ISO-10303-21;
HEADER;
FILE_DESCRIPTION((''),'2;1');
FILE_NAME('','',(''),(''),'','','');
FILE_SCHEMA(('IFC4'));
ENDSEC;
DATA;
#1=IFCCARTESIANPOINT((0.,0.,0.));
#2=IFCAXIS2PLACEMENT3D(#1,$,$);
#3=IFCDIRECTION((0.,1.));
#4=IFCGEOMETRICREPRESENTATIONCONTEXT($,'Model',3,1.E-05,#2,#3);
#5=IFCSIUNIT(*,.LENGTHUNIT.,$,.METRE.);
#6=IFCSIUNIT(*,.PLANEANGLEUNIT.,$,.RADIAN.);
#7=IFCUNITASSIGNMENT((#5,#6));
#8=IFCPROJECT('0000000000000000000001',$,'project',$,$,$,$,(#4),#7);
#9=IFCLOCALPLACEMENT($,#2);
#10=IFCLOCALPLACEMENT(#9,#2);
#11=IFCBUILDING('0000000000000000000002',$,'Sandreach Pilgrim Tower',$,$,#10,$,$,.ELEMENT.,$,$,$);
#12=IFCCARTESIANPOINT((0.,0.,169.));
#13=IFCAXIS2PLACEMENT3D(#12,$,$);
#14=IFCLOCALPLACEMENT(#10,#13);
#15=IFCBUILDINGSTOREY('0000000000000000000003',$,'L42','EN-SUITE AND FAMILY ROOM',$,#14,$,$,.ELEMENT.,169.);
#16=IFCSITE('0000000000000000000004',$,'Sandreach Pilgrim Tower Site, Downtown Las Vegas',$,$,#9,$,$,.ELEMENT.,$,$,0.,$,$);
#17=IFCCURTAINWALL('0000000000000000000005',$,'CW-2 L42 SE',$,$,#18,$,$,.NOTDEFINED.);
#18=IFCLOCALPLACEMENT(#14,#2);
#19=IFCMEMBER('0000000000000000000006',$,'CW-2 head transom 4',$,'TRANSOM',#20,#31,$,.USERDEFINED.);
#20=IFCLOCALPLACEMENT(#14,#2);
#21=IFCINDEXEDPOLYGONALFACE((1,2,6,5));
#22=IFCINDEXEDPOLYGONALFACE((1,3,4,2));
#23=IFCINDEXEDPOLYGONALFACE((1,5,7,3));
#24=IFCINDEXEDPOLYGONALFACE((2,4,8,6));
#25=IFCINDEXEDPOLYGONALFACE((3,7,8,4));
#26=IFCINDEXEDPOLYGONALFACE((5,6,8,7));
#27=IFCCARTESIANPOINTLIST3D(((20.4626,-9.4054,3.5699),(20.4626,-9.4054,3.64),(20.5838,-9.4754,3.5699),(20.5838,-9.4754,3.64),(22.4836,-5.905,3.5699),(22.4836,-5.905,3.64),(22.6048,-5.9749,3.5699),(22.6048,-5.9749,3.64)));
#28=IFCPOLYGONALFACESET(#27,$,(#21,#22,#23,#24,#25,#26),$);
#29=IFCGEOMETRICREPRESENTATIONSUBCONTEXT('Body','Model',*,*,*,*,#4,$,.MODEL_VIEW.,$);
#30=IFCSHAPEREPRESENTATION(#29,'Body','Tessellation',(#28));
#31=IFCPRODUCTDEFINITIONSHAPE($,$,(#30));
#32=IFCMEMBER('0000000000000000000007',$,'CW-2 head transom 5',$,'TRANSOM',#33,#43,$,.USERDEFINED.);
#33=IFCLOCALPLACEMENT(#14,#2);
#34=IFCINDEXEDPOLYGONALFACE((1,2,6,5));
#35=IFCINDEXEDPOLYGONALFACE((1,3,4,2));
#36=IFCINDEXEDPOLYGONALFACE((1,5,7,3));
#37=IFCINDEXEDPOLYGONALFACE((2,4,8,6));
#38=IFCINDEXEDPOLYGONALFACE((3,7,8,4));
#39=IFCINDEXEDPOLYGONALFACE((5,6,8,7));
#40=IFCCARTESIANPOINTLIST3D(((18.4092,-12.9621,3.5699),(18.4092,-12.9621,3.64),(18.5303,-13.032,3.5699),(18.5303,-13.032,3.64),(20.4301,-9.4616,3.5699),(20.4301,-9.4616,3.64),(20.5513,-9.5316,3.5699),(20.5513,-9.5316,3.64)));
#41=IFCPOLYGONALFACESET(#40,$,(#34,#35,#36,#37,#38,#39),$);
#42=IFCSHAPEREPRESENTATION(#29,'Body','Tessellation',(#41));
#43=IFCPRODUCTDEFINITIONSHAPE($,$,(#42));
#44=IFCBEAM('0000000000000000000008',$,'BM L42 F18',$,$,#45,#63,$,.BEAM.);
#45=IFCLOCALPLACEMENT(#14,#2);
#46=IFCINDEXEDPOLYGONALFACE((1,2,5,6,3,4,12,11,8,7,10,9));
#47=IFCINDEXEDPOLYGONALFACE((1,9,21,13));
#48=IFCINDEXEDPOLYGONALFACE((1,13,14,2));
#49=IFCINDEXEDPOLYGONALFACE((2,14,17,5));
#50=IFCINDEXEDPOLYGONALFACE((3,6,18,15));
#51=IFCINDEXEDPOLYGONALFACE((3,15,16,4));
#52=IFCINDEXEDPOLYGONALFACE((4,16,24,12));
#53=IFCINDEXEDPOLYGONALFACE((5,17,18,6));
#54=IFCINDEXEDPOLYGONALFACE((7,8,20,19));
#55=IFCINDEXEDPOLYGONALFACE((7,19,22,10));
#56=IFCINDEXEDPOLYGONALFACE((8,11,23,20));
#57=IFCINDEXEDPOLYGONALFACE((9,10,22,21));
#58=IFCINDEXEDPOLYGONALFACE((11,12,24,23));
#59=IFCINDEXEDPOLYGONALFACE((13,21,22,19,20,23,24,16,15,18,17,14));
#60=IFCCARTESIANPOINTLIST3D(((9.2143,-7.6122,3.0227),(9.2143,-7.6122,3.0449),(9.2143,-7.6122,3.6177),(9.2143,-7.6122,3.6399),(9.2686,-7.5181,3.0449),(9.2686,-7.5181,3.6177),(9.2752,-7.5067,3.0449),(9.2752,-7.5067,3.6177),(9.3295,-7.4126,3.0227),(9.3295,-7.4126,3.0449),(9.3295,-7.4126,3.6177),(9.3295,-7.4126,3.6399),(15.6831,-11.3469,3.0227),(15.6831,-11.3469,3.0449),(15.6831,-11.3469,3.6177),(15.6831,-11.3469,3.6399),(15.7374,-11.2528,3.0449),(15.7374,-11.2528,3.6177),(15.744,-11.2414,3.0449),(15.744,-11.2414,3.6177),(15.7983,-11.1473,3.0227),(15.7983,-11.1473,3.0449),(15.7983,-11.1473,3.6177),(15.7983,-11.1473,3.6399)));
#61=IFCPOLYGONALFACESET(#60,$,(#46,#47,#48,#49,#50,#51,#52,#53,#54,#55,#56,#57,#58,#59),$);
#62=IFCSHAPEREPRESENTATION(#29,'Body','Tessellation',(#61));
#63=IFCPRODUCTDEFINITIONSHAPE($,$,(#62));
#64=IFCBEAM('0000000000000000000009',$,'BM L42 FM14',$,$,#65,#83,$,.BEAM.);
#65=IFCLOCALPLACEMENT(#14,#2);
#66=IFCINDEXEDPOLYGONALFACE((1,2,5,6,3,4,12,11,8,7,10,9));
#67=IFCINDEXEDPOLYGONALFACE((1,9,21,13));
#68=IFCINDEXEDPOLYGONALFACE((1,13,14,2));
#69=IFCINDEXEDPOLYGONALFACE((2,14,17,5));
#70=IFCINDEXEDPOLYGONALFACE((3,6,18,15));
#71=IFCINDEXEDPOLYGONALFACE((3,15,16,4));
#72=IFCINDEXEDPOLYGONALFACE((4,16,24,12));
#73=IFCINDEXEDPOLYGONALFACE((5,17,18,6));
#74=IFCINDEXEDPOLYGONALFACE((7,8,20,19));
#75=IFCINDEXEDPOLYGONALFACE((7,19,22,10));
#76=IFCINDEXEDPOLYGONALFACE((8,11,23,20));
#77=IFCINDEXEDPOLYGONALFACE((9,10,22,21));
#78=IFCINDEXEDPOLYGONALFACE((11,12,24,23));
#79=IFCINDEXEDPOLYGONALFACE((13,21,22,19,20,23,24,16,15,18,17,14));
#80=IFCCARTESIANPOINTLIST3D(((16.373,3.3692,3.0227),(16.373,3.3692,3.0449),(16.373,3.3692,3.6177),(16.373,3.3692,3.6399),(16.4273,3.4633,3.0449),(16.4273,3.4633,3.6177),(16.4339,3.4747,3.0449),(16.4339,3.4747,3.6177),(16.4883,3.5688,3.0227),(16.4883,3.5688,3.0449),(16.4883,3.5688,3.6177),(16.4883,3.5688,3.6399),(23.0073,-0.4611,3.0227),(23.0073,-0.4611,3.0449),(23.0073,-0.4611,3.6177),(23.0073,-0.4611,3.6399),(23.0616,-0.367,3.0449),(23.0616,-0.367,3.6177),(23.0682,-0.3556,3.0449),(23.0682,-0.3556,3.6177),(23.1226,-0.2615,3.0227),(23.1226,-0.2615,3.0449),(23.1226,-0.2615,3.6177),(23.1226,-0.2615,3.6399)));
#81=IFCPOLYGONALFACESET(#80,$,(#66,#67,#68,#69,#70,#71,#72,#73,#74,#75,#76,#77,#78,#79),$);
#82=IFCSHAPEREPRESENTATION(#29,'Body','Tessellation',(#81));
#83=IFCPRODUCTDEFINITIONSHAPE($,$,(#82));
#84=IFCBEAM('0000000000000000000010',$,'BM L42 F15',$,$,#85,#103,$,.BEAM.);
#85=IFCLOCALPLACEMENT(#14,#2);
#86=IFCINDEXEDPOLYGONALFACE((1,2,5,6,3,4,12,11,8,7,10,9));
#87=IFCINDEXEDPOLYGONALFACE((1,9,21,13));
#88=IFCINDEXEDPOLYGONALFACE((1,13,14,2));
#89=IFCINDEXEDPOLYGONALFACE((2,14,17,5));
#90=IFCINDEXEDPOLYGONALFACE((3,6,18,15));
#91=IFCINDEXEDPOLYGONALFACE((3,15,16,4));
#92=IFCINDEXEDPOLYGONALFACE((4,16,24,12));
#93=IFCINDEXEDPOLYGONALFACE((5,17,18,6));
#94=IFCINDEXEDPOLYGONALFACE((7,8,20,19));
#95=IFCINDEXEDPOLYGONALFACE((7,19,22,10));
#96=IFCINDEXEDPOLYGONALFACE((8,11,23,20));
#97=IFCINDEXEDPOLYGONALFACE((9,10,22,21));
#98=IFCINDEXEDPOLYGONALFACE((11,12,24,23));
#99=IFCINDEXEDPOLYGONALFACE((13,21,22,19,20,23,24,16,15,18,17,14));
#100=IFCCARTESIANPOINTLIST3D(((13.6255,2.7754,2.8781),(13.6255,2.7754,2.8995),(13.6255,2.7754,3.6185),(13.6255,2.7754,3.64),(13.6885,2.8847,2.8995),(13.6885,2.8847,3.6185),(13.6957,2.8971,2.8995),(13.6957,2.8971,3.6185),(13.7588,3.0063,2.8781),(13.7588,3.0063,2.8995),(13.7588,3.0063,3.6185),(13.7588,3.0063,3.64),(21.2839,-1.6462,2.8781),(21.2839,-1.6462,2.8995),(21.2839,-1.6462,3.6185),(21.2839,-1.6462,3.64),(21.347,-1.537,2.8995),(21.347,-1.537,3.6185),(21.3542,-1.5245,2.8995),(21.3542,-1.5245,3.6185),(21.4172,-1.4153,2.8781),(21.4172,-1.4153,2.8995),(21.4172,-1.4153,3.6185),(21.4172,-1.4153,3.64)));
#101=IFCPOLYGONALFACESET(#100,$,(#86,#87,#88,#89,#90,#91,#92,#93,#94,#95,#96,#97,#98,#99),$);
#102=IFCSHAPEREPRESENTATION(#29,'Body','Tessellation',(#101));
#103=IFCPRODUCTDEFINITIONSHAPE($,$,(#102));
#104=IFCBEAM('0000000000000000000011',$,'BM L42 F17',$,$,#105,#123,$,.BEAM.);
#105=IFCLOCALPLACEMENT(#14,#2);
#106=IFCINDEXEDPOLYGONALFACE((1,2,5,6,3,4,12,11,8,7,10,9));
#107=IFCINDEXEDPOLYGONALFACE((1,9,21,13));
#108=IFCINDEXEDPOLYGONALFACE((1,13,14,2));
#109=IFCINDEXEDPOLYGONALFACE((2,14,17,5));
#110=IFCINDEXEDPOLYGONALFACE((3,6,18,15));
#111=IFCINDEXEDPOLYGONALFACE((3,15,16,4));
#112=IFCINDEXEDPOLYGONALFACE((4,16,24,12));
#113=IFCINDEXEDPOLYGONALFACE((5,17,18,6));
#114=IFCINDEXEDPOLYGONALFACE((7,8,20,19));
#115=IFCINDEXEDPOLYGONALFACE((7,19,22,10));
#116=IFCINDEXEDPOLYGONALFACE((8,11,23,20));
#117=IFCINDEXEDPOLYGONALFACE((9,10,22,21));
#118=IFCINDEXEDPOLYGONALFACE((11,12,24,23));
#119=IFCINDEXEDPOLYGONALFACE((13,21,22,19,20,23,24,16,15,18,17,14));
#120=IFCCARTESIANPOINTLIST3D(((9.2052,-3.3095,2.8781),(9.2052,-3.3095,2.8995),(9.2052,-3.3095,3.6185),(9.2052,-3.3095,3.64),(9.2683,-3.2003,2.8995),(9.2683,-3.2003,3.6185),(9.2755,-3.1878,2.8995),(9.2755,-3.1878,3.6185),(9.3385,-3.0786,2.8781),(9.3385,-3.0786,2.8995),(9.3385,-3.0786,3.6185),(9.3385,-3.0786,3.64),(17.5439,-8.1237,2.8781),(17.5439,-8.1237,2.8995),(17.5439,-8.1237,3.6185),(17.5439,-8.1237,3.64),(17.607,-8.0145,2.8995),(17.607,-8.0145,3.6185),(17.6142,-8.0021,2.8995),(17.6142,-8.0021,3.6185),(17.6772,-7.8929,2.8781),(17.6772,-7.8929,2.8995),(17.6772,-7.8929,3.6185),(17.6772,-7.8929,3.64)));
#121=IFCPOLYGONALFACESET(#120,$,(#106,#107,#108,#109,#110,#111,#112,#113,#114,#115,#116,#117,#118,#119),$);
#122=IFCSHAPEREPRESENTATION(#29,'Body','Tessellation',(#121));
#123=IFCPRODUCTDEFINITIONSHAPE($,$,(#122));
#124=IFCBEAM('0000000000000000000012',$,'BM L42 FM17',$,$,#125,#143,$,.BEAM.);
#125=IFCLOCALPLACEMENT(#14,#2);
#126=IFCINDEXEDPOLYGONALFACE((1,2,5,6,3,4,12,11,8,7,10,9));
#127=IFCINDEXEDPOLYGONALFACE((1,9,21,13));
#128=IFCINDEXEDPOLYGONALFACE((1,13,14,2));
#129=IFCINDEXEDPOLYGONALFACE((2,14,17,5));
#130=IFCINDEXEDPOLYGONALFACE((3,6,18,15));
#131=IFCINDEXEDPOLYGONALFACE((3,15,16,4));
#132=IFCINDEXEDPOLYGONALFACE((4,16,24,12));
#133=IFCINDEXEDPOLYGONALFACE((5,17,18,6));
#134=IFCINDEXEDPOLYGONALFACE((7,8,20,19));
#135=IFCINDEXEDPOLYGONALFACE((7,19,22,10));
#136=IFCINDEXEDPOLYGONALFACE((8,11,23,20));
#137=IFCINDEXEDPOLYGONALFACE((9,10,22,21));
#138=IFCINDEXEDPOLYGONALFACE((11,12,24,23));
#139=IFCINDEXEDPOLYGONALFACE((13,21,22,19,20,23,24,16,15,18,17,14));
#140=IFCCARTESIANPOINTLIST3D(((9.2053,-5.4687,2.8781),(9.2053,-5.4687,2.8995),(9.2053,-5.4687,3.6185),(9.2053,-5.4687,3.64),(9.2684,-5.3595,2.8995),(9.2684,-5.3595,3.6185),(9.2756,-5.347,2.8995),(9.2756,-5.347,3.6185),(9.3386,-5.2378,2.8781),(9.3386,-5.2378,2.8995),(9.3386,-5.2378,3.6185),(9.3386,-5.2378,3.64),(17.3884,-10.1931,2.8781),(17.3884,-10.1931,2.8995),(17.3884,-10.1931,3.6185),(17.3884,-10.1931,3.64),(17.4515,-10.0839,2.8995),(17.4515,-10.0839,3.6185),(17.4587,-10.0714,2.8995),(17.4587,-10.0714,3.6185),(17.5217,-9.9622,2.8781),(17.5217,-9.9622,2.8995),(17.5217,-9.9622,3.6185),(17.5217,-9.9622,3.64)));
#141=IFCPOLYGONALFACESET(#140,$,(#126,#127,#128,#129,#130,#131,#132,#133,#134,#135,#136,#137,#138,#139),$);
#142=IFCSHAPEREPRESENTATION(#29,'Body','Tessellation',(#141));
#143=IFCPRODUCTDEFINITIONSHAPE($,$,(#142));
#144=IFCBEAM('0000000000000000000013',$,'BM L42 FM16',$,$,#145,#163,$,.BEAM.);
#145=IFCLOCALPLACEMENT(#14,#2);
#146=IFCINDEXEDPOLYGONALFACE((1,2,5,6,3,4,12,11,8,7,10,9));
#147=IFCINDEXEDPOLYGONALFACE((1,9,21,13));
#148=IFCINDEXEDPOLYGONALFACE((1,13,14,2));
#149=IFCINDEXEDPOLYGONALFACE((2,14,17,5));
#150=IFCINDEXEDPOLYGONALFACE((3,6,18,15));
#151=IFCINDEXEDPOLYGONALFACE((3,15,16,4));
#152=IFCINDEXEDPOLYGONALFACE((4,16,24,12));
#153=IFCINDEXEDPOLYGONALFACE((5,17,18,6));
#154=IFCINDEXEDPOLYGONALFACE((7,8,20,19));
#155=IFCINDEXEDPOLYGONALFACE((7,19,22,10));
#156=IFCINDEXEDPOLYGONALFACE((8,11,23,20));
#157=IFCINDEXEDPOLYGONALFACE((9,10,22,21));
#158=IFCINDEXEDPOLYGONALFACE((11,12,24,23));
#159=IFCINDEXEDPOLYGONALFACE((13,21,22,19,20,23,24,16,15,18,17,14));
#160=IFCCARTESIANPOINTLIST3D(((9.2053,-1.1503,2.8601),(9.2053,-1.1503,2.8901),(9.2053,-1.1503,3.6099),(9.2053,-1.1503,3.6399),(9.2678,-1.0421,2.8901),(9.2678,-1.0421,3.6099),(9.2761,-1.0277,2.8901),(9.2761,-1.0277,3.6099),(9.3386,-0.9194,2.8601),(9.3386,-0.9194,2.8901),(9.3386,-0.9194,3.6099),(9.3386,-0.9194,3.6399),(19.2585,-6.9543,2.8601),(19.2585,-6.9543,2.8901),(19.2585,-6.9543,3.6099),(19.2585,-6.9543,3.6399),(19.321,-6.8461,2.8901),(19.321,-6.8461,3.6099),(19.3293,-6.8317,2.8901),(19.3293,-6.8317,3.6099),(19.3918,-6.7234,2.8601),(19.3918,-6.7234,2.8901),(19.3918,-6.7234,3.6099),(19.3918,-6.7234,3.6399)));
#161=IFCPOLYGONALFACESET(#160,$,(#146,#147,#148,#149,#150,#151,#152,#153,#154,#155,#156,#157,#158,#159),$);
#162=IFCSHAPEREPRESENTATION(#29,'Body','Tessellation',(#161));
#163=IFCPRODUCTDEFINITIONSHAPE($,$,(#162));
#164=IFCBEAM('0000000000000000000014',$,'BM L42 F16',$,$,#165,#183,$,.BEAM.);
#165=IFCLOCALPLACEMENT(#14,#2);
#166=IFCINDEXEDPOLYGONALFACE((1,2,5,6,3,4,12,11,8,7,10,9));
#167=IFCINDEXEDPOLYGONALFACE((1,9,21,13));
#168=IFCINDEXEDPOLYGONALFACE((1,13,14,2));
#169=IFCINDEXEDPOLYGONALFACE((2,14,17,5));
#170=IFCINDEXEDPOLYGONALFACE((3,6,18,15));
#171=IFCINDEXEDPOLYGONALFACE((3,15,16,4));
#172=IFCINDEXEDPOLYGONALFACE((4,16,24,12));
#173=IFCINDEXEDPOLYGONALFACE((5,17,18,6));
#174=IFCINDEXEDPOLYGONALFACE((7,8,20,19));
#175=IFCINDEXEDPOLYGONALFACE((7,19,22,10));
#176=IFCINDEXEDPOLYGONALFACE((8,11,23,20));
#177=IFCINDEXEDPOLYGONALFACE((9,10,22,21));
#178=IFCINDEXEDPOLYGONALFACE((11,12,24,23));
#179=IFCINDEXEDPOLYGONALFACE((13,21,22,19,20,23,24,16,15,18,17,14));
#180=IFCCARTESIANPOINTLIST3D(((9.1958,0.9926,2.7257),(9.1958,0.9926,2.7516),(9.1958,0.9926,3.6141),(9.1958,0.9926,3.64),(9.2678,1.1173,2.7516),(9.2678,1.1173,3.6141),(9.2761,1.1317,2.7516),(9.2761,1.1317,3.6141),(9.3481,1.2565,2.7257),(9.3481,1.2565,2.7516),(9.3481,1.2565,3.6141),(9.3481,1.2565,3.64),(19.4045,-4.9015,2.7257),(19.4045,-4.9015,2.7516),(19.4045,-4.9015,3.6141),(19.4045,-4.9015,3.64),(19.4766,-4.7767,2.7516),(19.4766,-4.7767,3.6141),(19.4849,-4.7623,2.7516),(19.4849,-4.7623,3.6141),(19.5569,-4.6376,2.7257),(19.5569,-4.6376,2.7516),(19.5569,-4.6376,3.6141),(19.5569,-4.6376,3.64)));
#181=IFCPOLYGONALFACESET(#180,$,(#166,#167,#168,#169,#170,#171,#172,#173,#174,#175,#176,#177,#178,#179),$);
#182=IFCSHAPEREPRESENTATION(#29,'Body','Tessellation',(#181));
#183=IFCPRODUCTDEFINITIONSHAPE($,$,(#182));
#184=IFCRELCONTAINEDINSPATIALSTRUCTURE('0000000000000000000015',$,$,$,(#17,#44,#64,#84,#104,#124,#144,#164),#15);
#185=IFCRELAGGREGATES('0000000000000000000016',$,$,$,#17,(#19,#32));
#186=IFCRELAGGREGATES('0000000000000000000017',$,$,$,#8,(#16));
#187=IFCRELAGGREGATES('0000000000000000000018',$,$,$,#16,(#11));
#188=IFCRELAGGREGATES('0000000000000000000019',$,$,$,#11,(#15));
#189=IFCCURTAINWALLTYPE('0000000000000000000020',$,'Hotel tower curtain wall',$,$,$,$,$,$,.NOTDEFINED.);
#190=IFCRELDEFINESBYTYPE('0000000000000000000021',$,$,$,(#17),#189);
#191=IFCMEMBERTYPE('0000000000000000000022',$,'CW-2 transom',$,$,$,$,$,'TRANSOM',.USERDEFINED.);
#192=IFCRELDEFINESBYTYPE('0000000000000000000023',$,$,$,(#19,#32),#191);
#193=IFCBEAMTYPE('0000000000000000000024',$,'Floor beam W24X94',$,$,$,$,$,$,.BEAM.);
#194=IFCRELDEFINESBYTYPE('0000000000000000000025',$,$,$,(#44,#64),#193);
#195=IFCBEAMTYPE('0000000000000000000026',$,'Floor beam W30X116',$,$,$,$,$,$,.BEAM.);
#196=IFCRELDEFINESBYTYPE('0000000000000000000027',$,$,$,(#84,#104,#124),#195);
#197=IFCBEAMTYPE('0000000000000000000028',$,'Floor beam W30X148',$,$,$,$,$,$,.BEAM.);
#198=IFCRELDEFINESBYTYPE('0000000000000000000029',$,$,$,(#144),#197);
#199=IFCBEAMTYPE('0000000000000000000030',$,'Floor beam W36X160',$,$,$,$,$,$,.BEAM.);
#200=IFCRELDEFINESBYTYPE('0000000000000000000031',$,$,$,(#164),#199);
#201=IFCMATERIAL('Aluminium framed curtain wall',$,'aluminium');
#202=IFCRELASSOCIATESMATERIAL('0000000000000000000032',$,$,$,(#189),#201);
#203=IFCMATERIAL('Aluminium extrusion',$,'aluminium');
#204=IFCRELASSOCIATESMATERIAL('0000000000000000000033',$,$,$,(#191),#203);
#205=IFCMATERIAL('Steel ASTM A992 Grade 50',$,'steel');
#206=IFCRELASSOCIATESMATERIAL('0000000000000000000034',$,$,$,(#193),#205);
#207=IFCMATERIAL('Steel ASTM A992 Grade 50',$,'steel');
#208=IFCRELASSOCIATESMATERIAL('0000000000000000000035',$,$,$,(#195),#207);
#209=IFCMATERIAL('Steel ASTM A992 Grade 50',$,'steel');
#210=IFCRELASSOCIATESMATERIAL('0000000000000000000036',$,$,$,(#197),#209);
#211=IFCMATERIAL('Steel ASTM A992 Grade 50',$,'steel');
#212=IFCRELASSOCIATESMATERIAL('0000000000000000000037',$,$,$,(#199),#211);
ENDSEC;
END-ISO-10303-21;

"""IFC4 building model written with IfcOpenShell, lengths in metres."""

from ifc_helpers import new_model, si_unit, direction, frame, origin, origin_2d, place, context, subcontext, project, spatial, rectangle, i_section, extrude, material, material_profile, profile_set, type_object, element, aggregate, save


model = new_model("IFC4")

# Units and contexts
model_context = context("Model", 3, precision=1e-05, world=origin(), true_north=direction((0.0, 1.0)))
body_context = subcontext(model_context, "Body", "Model", "MODEL_VIEW")
ifc_project = project(units=[si_unit("LENGTHUNIT", "METRE"), si_unit("PLANEANGLEUNIT", "RADIAN")], contexts=[model_context])

# Site, building, storey
site_placement = place(None, origin())
site = spatial("IfcSite", under=ifc_project, at=site_placement, Name="Sandreach Pilgrim Tower Site, Downtown Las Vegas", CompositionType="ELEMENT", RefElevation=0.0)
building_placement = place(site_placement, origin())
building = spatial("IfcBuilding", under=site, at=building_placement, Name="Sandreach Pilgrim Tower", CompositionType="ELEMENT")
storey_placement = place(building_placement, frame((0.0, 0.0, 169.0)))
storey = spatial("IfcBuildingStorey", under=building, at=storey_placement, Name="L42", Description="EN-SUITE AND FAMILY ROOM", CompositionType="ELEMENT", Elevation=169.0)

# Curtain wall, members
ifc_material_1 = material(Name="Aluminium framed curtain wall", Category="aluminium")
curtain_wall_type = type_object("IfcCurtainWallType", Name="Hotel tower curtain wall", PredefinedType="NOTDEFINED", material=ifc_material_1)
curtain_wall_placement = place(storey_placement, origin())
curtain_wall = element("IfcCurtainWall", 1, at=curtain_wall_placement, inside=storey, type_object=curtain_wall_type, Name="CW-2 L42 SE", PredefinedType="NOTDEFINED")
ifc_material_2 = material(Name="Aluminium extrusion", Category="aluminium")
ifc_material_profile_1 = material_profile(ifc_material_2, rectangle(XDim=0.1399, YDim=0.0701, at=origin_2d()), Name="CW-2T 140X70")
ifc_profile_set_1 = profile_set([ifc_material_profile_1], Name="Aluminium extrusion")
member_type_1 = type_object("IfcMemberType", Name="CW-2 transom", ElementType="TRANSOM", PredefinedType="USERDEFINED", material=ifc_profile_set_1)
member_1_placement = place(storey_placement, frame((22.5442, -5.9399, 3.605), z_axis=(-0.499998, -0.866027, 0.0), x_axis=(0.866027, -0.499998, 0.0)))
member_1 = element("IfcMember", 2, at=member_1_placement, type_object=member_type_1, Name="CW-2 head transom 4", ObjectType="TRANSOM", PredefinedType="USERDEFINED", context=body_context, shape_type="SweptSolid", body=[
    extrude(rectangle(XDim=0.1399, YDim=0.0701, at=origin_2d()), origin(), (0.0, 0.0, 1.0), 4.042),
])
member_2_placement = place(storey_placement, frame((20.4907, -9.4966, 3.605), z_axis=(-0.499998, -0.866027, 0.0), x_axis=(0.866027, -0.499998, 0.0)))
member_2 = element("IfcMember", 3, at=member_2_placement, type_object=member_type_1, Name="CW-2 head transom 5", ObjectType="TRANSOM", PredefinedType="USERDEFINED", context=body_context, shape_type="SweptSolid", body=[
    extrude(rectangle(XDim=0.1399, YDim=0.0701, at=origin_2d()), origin(), (0.0, 0.0, 1.0), 4.042),
])

# Beams
ifc_material_3 = material(Name="Steel ASTM A992 Grade 50", Category="steel")
ifc_material_profile_2 = material_profile(ifc_material_3, i_section(OverallWidth=0.2305, OverallDepth=0.6172, WebThickness=0.0132, FlangeThickness=0.0222, at=origin_2d()), Name="W24X94")
ifc_profile_set_2 = profile_set([ifc_material_profile_2], Name="Steel ASTM A992 Grade 50")
beam_type_1 = type_object("IfcBeamType", Name="Floor beam W24X94", PredefinedType="BEAM", material=ifc_profile_set_2)
beam_1_placement = place(storey_placement, frame((15.7407, -11.2471, 3.3313), z_axis=(-0.866032, 0.499988, 0.0), x_axis=(-0.499988, -0.866032, 0.0)))
element("IfcBeam", 4, at=beam_1_placement, inside=storey, type_object=beam_type_1, Name="BM L42 F18", PredefinedType="BEAM", context=body_context, shape_type="SweptSolid", body=[
    extrude(i_section(OverallWidth=0.2305, OverallDepth=0.6172, WebThickness=0.0132, FlangeThickness=0.0222, at=origin_2d()), origin(), (0.0, 0.0, 1.0), 7.4695),
])
beam_2_placement = place(storey_placement, frame((23.0649, -0.3613, 3.3313), z_axis=(-0.866024, 0.500002, 0.0), x_axis=(-0.500002, -0.866024, 0.0)))
element("IfcBeam", 5, at=beam_2_placement, inside=storey, type_object=beam_type_1, Name="BM L42 FM14", PredefinedType="BEAM", context=body_context, shape_type="SweptSolid", body=[
    extrude(i_section(OverallWidth=0.2305, OverallDepth=0.6172, WebThickness=0.0132, FlangeThickness=0.0222, at=origin_2d()), origin(), (0.0, 0.0, 1.0), 7.6606),
])
ifc_material_4 = material(Name="Steel ASTM A992 Grade 50", Category="steel")
ifc_material_profile_3 = material_profile(ifc_material_4, i_section(OverallWidth=0.2666, OverallDepth=0.762, WebThickness=0.0144, FlangeThickness=0.0215, at=origin_2d()), Name="W30X116")
ifc_profile_set_3 = profile_set([ifc_material_profile_3], Name="Steel ASTM A992 Grade 50")
beam_type_2 = type_object("IfcBeamType", Name="Floor beam W30X116", PredefinedType="BEAM", material=ifc_profile_set_3)
beam_3_placement = place(storey_placement, frame((21.3506, -1.5308, 3.259), z_axis=(-0.866024, 0.500002, 0.0), x_axis=(-0.500002, -0.866024, 0.0)))
element("IfcBeam", 6, at=beam_3_placement, inside=storey, type_object=beam_type_2, Name="BM L42 F15", PredefinedType="BEAM", context=body_context, shape_type="SweptSolid", body=[
    extrude(i_section(OverallWidth=0.2666, OverallDepth=0.762, WebThickness=0.0144, FlangeThickness=0.0215, at=origin_2d()), origin(), (0.0, 0.0, 1.0), 8.8433),
])
beam_4_placement = place(storey_placement, frame((17.6106, -8.0083, 3.259), z_axis=(-0.86603, 0.499992, 0.0), x_axis=(-0.499992, -0.86603, 0.0)))
element("IfcBeam", 7, at=beam_4_placement, inside=storey, type_object=beam_type_2, Name="BM L42 F17", PredefinedType="BEAM", context=body_context, shape_type="SweptSolid", body=[
    extrude(i_section(OverallWidth=0.2666, OverallDepth=0.762, WebThickness=0.0144, FlangeThickness=0.0215, at=origin_2d()), origin(), (0.0, 0.0, 1.0), 9.6287),
])
beam_5_placement = place(storey_placement, frame((17.4551, -10.0776, 3.259), z_axis=(-0.866032, 0.499988, 0.0), x_axis=(-0.499988, -0.866032, 0.0)))
element("IfcBeam", 8, at=beam_5_placement, inside=storey, type_object=beam_type_2, Name="BM L42 FM17", PredefinedType="BEAM", context=body_context, shape_type="SweptSolid", body=[
    extrude(i_section(OverallWidth=0.2666, OverallDepth=0.762, WebThickness=0.0144, FlangeThickness=0.0215, at=origin_2d()), origin(), (0.0, 0.0, 1.0), 9.449),
])
ifc_material_5 = material(Name="Steel ASTM A992 Grade 50", Category="steel")
ifc_material_profile_4 = material_profile(ifc_material_5, i_section(OverallWidth=0.2666, OverallDepth=0.7798, WebThickness=0.0166, FlangeThickness=0.03, at=origin_2d()), Name="W30X148")
ifc_profile_set_4 = profile_set([ifc_material_profile_4], Name="Steel ASTM A992 Grade 50")
beam_type_3 = type_object("IfcBeamType", Name="Floor beam W30X148", PredefinedType="BEAM", material=ifc_profile_set_4)
beam_6_placement = place(storey_placement, frame((19.3252, -6.8389, 3.25), z_axis=(-0.866036, 0.499982, 0.0), x_axis=(-0.499982, -0.866036, 0.0)))
element("IfcBeam", 9, at=beam_6_placement, inside=storey, type_object=beam_type_3, Name="BM L42 FM16", PredefinedType="BEAM", context=body_context, shape_type="SweptSolid", body=[
    extrude(i_section(OverallWidth=0.2666, OverallDepth=0.7798, WebThickness=0.0166, FlangeThickness=0.03, at=origin_2d()), origin(), (0.0, 0.0, 1.0), 11.6084),
])
ifc_material_6 = material(Name="Steel ASTM A992 Grade 50", Category="steel")
ifc_material_profile_5 = material_profile(ifc_material_6, i_section(OverallWidth=0.3047, OverallDepth=0.9143, WebThickness=0.0166, FlangeThickness=0.0259, at=origin_2d()), Name="W36X160")
ifc_profile_set_5 = profile_set([ifc_material_profile_5], Name="Steel ASTM A992 Grade 50")
beam_type_4 = type_object("IfcBeamType", Name="Floor beam W36X160", PredefinedType="BEAM", material=ifc_profile_set_5)
beam_7_placement = place(storey_placement, frame((19.4807, -4.7695, 3.1829), z_axis=(-0.866025, 0.500002, 0.0), x_axis=(-0.500002, -0.866025, 0.0)))
element("IfcBeam", 10, at=beam_7_placement, inside=storey, type_object=beam_type_4, Name="BM L42 F16", PredefinedType="BEAM", context=body_context, shape_type="SweptSolid", body=[
    extrude(i_section(OverallWidth=0.3047, OverallDepth=0.9143, WebThickness=0.0166, FlangeThickness=0.0259, at=origin_2d()), origin(), (0.0, 0.0, 1.0), 11.7881),
])

aggregate(curtain_wall, [member_1, member_2])

save(model, "model.ifc")
